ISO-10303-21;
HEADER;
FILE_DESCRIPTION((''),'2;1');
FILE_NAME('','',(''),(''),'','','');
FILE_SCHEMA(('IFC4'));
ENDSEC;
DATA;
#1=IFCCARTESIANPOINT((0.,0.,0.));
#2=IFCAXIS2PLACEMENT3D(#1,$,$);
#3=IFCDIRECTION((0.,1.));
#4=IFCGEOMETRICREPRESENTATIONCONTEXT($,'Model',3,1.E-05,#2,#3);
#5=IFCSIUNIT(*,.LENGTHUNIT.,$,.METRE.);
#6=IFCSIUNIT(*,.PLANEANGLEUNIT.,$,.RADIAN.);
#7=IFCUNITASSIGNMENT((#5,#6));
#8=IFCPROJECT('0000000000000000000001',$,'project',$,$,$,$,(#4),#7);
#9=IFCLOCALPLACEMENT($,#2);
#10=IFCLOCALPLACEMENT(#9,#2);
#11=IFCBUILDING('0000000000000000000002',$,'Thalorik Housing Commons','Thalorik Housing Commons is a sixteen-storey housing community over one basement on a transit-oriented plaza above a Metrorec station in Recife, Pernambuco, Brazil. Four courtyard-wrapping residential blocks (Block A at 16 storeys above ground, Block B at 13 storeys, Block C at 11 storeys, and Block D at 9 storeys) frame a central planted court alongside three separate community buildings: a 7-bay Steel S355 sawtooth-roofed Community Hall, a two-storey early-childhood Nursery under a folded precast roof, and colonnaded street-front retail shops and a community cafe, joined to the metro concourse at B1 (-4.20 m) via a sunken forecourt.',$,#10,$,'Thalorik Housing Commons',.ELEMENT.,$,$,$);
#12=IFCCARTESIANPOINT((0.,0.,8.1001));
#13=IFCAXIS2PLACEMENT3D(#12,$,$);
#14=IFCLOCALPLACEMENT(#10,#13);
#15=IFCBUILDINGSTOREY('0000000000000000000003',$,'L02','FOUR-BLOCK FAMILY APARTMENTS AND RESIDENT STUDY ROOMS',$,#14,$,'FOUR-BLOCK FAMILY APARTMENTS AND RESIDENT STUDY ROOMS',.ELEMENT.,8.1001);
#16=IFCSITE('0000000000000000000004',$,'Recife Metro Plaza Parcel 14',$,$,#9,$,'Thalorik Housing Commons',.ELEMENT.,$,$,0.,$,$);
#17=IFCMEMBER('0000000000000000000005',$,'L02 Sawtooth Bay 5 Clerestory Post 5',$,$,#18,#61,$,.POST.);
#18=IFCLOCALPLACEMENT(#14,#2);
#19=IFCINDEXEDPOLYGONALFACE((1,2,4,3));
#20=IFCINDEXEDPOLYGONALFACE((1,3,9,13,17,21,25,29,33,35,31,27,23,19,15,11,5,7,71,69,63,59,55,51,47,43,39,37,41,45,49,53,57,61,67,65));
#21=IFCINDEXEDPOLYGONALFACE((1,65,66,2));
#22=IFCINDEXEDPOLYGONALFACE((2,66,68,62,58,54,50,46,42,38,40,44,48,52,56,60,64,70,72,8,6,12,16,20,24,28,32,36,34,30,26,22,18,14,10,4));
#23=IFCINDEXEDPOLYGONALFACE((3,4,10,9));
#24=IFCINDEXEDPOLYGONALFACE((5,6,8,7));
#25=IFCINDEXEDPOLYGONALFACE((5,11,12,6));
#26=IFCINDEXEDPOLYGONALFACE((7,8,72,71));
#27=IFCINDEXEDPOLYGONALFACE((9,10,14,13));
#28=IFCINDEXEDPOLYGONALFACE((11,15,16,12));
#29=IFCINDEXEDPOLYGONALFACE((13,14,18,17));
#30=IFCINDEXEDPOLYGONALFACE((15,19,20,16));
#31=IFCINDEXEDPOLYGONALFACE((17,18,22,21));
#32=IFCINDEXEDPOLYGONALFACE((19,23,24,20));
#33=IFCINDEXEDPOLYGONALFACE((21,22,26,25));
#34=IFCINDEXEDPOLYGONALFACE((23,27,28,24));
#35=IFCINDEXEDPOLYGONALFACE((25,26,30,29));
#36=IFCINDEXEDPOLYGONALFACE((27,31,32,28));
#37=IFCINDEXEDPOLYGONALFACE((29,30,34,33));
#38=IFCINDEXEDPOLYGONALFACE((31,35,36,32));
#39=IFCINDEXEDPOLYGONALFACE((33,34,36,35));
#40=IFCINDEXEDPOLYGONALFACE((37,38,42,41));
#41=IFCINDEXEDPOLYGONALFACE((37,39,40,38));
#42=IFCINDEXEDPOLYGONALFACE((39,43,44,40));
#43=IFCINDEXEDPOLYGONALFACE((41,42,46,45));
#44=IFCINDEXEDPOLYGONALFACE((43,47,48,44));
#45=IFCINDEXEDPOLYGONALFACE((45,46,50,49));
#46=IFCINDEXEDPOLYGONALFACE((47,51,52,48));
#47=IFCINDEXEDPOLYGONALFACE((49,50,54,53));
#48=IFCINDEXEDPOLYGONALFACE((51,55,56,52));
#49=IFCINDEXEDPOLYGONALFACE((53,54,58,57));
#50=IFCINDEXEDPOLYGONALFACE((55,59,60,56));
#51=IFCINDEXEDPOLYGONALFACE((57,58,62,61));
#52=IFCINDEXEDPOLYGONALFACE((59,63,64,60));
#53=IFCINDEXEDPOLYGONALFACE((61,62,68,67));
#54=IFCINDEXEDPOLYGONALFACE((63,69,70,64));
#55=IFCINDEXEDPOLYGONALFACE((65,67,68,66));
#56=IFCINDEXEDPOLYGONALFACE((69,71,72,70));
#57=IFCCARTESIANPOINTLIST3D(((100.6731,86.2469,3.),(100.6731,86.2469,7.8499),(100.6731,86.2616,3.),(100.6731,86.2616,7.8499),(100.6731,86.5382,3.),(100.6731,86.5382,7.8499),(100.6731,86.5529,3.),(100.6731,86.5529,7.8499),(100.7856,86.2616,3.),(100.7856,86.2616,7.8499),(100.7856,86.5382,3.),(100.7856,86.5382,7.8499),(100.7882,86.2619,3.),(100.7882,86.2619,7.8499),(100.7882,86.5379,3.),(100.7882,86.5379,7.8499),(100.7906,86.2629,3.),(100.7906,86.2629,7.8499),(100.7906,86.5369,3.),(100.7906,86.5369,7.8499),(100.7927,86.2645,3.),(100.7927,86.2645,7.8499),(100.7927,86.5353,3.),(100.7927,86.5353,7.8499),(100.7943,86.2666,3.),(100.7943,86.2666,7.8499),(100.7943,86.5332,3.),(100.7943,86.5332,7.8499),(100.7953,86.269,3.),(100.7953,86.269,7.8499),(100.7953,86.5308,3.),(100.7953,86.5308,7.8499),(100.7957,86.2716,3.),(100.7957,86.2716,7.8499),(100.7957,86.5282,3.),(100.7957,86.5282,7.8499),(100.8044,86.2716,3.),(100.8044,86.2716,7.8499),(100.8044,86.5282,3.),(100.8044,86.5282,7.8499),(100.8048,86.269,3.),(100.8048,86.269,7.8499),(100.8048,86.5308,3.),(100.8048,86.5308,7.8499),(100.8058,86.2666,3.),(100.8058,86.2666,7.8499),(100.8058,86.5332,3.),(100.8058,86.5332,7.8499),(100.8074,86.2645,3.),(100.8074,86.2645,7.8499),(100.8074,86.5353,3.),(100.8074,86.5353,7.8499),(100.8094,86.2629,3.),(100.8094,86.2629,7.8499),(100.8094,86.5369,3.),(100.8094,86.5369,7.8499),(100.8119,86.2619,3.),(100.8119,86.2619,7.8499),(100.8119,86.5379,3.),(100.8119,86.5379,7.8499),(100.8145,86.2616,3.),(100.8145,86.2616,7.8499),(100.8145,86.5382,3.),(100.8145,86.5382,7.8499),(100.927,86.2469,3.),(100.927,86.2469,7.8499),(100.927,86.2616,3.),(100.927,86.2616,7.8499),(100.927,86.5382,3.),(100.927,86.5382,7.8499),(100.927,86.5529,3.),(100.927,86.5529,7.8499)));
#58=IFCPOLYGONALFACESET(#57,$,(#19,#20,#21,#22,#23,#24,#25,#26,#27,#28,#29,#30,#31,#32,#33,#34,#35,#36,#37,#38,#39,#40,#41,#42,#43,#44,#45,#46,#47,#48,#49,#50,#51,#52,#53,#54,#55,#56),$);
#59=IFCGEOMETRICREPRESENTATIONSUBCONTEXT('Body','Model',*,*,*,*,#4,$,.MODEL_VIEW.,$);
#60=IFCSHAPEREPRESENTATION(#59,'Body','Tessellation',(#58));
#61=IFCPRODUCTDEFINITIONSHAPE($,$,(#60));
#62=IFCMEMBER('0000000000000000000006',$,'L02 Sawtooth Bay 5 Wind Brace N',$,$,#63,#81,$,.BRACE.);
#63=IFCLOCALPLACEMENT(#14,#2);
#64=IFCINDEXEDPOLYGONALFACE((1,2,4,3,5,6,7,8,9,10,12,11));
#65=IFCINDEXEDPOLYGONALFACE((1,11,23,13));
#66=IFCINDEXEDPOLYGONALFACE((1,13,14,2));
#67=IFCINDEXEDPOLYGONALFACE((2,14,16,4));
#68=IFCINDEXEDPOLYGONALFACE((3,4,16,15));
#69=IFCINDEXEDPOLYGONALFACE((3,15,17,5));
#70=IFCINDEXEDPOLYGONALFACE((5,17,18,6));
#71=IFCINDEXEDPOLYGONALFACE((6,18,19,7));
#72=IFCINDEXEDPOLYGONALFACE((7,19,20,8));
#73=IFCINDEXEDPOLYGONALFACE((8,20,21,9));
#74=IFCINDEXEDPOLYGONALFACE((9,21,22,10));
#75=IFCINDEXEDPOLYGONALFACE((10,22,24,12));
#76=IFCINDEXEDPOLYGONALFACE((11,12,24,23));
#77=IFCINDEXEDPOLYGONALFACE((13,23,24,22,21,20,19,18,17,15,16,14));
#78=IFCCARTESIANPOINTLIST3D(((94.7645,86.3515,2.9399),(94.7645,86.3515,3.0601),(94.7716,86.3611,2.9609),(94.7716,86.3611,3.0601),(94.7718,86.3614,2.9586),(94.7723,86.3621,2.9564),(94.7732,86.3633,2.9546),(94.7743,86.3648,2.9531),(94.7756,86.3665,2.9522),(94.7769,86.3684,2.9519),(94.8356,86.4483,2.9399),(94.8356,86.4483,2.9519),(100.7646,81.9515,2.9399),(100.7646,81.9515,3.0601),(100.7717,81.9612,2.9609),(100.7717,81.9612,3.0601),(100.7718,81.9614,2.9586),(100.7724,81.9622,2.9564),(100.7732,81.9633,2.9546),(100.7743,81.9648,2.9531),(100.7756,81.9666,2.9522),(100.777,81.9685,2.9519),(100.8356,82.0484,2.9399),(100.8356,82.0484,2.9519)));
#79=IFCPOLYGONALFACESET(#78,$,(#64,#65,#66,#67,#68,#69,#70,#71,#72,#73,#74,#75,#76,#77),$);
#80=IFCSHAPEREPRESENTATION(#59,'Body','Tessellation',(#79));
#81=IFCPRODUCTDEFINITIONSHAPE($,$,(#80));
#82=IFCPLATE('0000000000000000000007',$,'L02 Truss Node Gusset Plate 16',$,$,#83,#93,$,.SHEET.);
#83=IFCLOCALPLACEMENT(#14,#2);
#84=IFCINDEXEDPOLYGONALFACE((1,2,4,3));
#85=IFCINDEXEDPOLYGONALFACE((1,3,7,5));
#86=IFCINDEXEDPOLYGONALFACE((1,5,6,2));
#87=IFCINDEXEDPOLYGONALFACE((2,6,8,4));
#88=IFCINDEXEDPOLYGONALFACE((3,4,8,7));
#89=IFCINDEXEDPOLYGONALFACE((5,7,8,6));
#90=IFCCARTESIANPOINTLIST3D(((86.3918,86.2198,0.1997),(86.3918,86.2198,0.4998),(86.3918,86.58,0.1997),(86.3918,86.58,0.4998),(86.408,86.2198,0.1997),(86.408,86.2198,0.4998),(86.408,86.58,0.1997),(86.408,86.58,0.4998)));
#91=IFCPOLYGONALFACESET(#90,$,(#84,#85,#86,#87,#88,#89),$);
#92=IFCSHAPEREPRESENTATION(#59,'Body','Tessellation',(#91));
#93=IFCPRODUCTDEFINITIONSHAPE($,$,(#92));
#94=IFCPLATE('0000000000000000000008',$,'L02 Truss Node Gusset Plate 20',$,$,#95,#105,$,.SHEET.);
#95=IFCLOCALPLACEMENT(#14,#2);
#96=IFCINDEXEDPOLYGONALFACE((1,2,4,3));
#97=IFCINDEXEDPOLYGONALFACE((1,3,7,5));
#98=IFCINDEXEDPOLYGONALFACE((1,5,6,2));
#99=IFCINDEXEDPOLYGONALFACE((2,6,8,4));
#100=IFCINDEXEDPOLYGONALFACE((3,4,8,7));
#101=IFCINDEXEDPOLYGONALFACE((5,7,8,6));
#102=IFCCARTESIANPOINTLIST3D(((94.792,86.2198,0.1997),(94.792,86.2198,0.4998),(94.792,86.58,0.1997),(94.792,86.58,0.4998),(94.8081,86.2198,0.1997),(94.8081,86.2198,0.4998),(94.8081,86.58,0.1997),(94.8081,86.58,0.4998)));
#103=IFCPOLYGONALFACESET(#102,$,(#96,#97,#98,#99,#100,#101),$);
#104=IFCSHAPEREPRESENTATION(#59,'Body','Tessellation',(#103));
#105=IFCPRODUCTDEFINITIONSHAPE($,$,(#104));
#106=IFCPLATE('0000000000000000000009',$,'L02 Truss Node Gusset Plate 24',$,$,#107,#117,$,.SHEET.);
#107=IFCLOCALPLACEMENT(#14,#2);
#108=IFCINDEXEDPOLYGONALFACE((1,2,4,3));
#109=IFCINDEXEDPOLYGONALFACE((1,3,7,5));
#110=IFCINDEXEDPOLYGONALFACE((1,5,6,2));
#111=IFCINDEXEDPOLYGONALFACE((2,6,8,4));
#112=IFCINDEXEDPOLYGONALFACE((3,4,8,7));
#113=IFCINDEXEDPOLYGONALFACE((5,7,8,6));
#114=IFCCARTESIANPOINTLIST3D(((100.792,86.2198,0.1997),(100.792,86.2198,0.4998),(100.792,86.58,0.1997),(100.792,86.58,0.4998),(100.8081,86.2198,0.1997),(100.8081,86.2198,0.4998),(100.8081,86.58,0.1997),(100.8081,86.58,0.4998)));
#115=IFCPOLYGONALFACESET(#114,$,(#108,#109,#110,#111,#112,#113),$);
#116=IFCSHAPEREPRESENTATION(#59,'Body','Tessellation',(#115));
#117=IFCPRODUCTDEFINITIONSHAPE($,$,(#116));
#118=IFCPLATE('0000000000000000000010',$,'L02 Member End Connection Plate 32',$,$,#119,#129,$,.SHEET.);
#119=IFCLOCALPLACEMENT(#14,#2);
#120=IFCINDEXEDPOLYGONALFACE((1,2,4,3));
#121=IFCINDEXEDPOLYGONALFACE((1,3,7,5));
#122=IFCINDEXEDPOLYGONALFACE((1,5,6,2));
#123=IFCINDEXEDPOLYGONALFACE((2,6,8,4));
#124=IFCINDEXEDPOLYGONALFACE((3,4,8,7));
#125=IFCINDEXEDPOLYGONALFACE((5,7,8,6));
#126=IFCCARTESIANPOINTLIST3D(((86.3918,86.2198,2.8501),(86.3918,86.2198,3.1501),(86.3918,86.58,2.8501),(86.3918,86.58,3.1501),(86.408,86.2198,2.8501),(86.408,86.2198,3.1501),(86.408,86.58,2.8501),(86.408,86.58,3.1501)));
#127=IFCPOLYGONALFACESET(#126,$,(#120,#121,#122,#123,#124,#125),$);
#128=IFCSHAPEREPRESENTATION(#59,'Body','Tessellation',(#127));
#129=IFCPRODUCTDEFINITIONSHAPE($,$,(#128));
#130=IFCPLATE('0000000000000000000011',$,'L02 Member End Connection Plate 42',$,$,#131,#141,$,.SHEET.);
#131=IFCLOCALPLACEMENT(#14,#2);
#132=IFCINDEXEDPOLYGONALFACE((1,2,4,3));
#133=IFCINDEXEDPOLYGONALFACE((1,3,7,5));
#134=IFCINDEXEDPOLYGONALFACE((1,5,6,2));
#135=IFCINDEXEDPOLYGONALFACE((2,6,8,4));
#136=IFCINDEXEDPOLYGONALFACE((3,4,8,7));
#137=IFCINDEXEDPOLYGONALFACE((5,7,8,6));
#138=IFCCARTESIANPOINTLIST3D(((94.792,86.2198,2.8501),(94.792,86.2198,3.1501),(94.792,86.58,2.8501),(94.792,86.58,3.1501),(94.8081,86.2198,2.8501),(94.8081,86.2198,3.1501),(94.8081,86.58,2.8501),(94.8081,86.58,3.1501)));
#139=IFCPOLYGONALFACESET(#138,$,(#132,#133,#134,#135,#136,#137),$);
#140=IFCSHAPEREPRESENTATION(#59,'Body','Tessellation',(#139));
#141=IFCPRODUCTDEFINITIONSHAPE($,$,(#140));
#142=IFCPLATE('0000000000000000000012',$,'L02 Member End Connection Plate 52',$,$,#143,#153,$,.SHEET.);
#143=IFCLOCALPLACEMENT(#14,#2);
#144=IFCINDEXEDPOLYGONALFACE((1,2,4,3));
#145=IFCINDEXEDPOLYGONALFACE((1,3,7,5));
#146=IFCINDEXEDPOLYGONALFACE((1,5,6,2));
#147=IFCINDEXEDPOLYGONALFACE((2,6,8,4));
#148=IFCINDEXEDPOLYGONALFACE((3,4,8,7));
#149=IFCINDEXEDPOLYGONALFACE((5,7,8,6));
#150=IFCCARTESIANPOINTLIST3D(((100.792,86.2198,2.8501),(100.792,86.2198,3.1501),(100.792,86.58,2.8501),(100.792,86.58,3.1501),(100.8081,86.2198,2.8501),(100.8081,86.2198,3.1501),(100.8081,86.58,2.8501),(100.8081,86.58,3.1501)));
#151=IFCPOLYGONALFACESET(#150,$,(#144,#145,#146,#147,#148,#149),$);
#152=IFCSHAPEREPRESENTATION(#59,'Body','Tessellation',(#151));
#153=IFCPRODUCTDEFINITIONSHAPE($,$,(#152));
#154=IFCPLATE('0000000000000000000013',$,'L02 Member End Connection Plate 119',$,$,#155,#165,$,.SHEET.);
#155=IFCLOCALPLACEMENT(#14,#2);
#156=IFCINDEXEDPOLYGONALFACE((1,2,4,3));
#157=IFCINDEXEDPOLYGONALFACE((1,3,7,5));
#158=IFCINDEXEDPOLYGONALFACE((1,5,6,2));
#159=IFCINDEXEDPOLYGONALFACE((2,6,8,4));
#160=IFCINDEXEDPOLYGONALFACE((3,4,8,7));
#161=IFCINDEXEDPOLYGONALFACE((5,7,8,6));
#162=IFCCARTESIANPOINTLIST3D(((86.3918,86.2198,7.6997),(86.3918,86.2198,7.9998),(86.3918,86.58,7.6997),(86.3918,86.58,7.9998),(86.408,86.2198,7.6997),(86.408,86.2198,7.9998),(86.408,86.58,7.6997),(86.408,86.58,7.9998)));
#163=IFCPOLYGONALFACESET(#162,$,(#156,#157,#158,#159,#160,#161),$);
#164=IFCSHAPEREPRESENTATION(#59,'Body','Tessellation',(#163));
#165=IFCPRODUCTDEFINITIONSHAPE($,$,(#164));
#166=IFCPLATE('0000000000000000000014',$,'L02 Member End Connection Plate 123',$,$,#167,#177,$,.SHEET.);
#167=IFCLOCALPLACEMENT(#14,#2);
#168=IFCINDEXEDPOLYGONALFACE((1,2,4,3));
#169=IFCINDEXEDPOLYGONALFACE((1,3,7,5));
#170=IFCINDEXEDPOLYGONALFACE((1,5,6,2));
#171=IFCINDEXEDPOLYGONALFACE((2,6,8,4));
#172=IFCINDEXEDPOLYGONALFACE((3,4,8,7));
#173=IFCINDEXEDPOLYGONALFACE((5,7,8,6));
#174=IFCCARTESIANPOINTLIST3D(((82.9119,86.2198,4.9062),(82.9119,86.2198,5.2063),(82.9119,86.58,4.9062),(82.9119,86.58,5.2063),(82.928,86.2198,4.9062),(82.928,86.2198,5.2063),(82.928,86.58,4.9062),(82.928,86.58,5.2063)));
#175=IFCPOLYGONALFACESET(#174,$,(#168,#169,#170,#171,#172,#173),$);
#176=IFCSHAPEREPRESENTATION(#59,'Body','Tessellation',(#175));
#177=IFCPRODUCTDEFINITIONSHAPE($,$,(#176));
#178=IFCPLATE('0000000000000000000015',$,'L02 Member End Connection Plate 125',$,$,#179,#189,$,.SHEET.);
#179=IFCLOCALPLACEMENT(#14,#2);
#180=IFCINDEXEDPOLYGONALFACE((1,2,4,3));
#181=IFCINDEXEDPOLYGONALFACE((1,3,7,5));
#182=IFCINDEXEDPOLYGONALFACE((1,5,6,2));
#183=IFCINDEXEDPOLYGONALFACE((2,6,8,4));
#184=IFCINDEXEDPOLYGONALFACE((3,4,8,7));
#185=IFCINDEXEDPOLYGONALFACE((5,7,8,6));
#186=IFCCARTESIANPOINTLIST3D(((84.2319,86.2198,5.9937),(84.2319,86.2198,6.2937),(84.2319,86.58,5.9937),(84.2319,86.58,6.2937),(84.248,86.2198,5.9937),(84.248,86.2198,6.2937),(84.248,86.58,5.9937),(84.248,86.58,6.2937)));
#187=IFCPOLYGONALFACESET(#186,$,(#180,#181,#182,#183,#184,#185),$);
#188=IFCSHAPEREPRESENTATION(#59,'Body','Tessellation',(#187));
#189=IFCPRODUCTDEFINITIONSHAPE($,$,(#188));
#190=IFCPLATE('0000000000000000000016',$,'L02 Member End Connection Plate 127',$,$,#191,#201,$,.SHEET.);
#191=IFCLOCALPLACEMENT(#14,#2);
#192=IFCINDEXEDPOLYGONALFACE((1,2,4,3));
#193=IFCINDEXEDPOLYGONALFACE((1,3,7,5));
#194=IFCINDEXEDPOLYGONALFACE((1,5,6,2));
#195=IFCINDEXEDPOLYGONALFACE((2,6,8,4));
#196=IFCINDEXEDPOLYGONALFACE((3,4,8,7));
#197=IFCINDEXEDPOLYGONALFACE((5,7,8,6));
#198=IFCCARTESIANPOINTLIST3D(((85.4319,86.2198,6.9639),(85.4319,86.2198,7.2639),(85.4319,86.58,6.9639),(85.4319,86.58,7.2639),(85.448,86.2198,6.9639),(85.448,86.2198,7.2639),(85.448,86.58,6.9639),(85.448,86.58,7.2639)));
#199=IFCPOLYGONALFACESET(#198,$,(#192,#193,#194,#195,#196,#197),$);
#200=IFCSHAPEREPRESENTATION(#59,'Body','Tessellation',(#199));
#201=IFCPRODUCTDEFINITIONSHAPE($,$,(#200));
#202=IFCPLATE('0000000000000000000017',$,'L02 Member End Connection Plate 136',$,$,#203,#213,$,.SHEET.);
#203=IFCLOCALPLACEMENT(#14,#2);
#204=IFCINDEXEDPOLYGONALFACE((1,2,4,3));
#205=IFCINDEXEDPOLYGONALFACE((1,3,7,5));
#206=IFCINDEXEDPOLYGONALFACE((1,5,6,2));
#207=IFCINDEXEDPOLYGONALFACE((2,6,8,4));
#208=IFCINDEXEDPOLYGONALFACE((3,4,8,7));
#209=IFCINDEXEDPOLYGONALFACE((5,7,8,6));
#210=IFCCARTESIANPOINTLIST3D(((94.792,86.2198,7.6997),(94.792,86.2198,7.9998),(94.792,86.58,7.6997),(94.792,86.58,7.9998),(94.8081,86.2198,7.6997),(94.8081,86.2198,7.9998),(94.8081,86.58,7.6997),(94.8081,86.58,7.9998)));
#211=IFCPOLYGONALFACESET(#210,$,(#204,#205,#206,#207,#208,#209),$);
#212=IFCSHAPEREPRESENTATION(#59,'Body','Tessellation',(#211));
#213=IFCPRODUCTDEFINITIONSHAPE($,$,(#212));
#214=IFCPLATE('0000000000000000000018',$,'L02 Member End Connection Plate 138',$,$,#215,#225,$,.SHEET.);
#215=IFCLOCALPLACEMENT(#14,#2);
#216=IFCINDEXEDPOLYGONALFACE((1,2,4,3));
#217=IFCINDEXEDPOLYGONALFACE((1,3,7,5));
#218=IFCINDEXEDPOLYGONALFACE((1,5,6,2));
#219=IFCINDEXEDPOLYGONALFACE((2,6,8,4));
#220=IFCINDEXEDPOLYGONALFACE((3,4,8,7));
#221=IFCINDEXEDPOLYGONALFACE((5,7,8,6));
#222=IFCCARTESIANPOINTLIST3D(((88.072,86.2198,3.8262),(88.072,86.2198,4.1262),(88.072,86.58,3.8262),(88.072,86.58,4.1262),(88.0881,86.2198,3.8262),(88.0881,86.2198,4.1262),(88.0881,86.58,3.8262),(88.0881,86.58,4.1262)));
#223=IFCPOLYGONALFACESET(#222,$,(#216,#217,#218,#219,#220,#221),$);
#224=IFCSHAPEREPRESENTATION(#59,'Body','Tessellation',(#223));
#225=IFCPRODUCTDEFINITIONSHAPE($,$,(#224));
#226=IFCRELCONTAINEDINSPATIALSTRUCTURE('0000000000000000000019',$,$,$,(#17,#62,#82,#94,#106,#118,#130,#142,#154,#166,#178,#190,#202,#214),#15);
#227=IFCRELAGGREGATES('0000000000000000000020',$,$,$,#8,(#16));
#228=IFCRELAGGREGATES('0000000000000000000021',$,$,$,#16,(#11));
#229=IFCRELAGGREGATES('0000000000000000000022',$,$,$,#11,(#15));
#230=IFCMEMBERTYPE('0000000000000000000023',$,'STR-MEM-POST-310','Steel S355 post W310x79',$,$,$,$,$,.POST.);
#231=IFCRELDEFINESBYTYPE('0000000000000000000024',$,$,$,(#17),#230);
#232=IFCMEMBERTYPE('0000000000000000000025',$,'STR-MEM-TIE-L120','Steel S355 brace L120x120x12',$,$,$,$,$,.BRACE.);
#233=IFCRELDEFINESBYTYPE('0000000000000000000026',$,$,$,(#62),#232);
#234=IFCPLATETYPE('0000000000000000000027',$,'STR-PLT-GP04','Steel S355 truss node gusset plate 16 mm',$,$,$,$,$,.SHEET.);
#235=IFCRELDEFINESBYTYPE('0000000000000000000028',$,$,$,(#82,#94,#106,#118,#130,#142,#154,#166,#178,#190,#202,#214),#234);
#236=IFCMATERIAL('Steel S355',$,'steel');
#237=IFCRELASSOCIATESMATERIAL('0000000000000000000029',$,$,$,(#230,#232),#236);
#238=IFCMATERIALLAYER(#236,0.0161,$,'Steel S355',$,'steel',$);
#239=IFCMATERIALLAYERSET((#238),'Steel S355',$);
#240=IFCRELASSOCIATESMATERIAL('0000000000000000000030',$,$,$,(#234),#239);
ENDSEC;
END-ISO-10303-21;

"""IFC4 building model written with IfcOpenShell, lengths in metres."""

from ifc_helpers import new_model, si_unit, direction, frame, origin, origin_2d, place, context, subcontext, project, spatial, rectangle, i_section, l_section, extrude, material, layer, layer_set, material_profile, profile_set, type_object, element, save


model = new_model("IFC4")

# Units and contexts
model_context = context("Model", 3, precision=1e-05, world=origin(), true_north=direction((0.0, 1.0)))
body_context = subcontext(model_context, "Body", "Model", "MODEL_VIEW")
ifc_project = project(units=[si_unit("LENGTHUNIT", "METRE"), si_unit("PLANEANGLEUNIT", "RADIAN")], contexts=[model_context])

# Site, building, storey
site_placement = place(None, origin())
site = spatial("IfcSite", under=ifc_project, at=site_placement, Name="Recife Metro Plaza Parcel 14", LongName="Thalorik Housing Commons", CompositionType="ELEMENT", RefElevation=0.0)
building_placement = place(site_placement, origin())
building = spatial("IfcBuilding", under=site, at=building_placement, Name="Thalorik Housing Commons", Description="Thalorik Housing Commons is a sixteen-storey housing community over one basement on a transit-oriented plaza above a Metrorec station in Recife, Pernambuco, Brazil. Four courtyard-wrapping residential blocks (Block A at 16 storeys above ground, Block B at 13 storeys, Block C at 11 storeys, and Block D at 9 storeys) frame a central planted court alongside three separate community buildings: a 7-bay Steel S355 sawtooth-roofed Community Hall, a two-storey early-childhood Nursery under a folded precast roof, and colonnaded street-front retail shops and a community cafe, joined to the metro concourse at B1 (-4.20 m) via a sunken forecourt.", LongName="Thalorik Housing Commons", CompositionType="ELEMENT")
storey_placement = place(building_placement, frame((0.0, 0.0, 8.1001)))
storey = spatial("IfcBuildingStorey", under=building, at=storey_placement, Name="L02", Description="FOUR-BLOCK FAMILY APARTMENTS AND RESIDENT STUDY ROOMS", LongName="FOUR-BLOCK FAMILY APARTMENTS AND RESIDENT STUDY ROOMS", CompositionType="ELEMENT", Elevation=8.1001)

# Shared definitions
ifc_material_1 = material(Name="Steel S355", Category="steel")

# Members
ifc_material_profile_1 = material_profile(ifc_material_1, i_section(OverallWidth=0.2539, OverallDepth=0.3059, WebThickness=0.0088, FlangeThickness=0.0146, FilletRadius=0.01, at=origin_2d()), Name="W310x79", Category="steel")
ifc_profile_set_1 = profile_set([ifc_material_profile_1], Name="Steel S355")
member_type_1 = type_object("IfcMemberType", Name="STR-MEM-POST-310", Description="Steel S355 post W310x79", PredefinedType="POST", material=ifc_profile_set_1)
for number, where, z_axis, x_axis, name in (
    (1, (100.8, 86.3999, 3.0), (0.0, 0.0, 1.0), (1.0, 0.0, 0.0), "L02 Sawtooth Bay 5 Clerestory Post 5"),
):
    element("IfcMember", number, at=place(storey_placement, frame(where, z_axis=z_axis, x_axis=x_axis)), inside=storey, type_object=member_type_1, Name=name, PredefinedType="POST", context=body_context, shape_type="SweptSolid", body=[
        extrude(i_section(OverallWidth=0.2539, OverallDepth=0.3059, WebThickness=0.0088, FlangeThickness=0.0146, FilletRadius=0.01, at=origin_2d()), origin(), (0.0, 0.0, 1.0), 4.8499),
    ])
ifc_material_profile_2 = material_profile(ifc_material_1, l_section(Depth=0.1201, Width=0.1201, Thickness=0.012, FilletRadius=0.009, at=origin_2d()), Name="L120x120x12", Category="steel")
ifc_profile_set_2 = profile_set([ifc_material_profile_2], Name="Steel S355")
member_type_2 = type_object("IfcMemberType", Name="STR-MEM-TIE-L120", Description="Steel S355 brace L120x120x12", PredefinedType="BRACE", material=ifc_profile_set_2)
member_placement = place(storey_placement, frame((94.8, 86.3999, 3.0), z_axis=(0.806411, -0.591355, 0.0), x_axis=(0.591355, 0.806411, 0.0)))
element("IfcMember", 2, at=member_placement, inside=storey, type_object=member_type_2, Name="L02 Sawtooth Bay 5 Wind Brace N", PredefinedType="BRACE", context=body_context, shape_type="SweptSolid", body=[
    extrude(l_section(Depth=0.1201, Width=0.1201, Thickness=0.012, FilletRadius=0.009, at=origin_2d()), origin(), (0.0, 0.0, 1.0), 7.4404),
])

# Plates
ifc_layer_1 = layer(ifc_material_1, 0.0161, Name="Steel S355", Category="steel")
ifc_layer_set_1 = layer_set([ifc_layer_1], Name="Steel S355")
plate_type = type_object("IfcPlateType", Name="STR-PLT-GP04", Description="Steel S355 truss node gusset plate 16 mm", PredefinedType="SHEET", material=ifc_layer_set_1)
for number, where, z_axis, x_axis, name in (
    (3, (86.3999, 86.3999, 0.1997), (0.0, 0.0, 1.0), (1.0, 0.0, 0.0), "L02 Truss Node Gusset Plate 16"),
    (4, (94.8, 86.3999, 0.1997), (0.0, 0.0, 1.0), (1.0, 0.0, 0.0), "L02 Truss Node Gusset Plate 20"),
    (5, (100.8, 86.3999, 0.1997), (0.0, 0.0, 1.0), (1.0, 0.0, 0.0), "L02 Truss Node Gusset Plate 24"),
    (6, (86.3999, 86.3999, 2.8501), (0.0, 0.0, 1.0), (1.0, 0.0, 0.0), "L02 Member End Connection Plate 32"),
    (7, (94.8, 86.3999, 2.8501), (0.0, 0.0, 1.0), (1.0, 0.0, 0.0), "L02 Member End Connection Plate 42"),
    (8, (100.8, 86.3999, 2.8501), (0.0, 0.0, 1.0), (1.0, 0.0, 0.0), "L02 Member End Connection Plate 52"),
    (9, (86.3999, 86.3999, 7.6997), (0.0, 0.0, 1.0), (1.0, 0.0, 0.0), "L02 Member End Connection Plate 119"),
    (10, (82.9199, 86.3999, 4.9062), (0.0, 0.0, 1.0), (1.0, 0.0, 0.0), "L02 Member End Connection Plate 123"),
    (11, (84.24, 86.3999, 5.9937), (0.0, 0.0, 1.0), (1.0, 0.0, 0.0), "L02 Member End Connection Plate 125"),
    (12, (85.4399, 86.3999, 6.9639), (0.0, 0.0, 1.0), (1.0, 0.0, 0.0), "L02 Member End Connection Plate 127"),
    (13, (94.8, 86.3999, 7.6997), (0.0, 0.0, 1.0), (1.0, 0.0, 0.0), "L02 Member End Connection Plate 136"),
    (14, (88.0801, 86.3999, 3.8262), (0.0, 0.0, 1.0), (1.0, 0.0, 0.0), "L02 Member End Connection Plate 138"),
):
    element("IfcPlate", number, at=place(storey_placement, frame(where, z_axis=z_axis, x_axis=x_axis)), inside=storey, type_object=plate_type, Name=name, PredefinedType="SHEET", context=body_context, shape_type="SweptSolid", body=[
        extrude(rectangle(XDim=0.0161, YDim=0.3601, at=origin_2d()), origin(), (0.0, 0.0, 1.0), 0.3),
    ])

save(model, "model.ifc")
